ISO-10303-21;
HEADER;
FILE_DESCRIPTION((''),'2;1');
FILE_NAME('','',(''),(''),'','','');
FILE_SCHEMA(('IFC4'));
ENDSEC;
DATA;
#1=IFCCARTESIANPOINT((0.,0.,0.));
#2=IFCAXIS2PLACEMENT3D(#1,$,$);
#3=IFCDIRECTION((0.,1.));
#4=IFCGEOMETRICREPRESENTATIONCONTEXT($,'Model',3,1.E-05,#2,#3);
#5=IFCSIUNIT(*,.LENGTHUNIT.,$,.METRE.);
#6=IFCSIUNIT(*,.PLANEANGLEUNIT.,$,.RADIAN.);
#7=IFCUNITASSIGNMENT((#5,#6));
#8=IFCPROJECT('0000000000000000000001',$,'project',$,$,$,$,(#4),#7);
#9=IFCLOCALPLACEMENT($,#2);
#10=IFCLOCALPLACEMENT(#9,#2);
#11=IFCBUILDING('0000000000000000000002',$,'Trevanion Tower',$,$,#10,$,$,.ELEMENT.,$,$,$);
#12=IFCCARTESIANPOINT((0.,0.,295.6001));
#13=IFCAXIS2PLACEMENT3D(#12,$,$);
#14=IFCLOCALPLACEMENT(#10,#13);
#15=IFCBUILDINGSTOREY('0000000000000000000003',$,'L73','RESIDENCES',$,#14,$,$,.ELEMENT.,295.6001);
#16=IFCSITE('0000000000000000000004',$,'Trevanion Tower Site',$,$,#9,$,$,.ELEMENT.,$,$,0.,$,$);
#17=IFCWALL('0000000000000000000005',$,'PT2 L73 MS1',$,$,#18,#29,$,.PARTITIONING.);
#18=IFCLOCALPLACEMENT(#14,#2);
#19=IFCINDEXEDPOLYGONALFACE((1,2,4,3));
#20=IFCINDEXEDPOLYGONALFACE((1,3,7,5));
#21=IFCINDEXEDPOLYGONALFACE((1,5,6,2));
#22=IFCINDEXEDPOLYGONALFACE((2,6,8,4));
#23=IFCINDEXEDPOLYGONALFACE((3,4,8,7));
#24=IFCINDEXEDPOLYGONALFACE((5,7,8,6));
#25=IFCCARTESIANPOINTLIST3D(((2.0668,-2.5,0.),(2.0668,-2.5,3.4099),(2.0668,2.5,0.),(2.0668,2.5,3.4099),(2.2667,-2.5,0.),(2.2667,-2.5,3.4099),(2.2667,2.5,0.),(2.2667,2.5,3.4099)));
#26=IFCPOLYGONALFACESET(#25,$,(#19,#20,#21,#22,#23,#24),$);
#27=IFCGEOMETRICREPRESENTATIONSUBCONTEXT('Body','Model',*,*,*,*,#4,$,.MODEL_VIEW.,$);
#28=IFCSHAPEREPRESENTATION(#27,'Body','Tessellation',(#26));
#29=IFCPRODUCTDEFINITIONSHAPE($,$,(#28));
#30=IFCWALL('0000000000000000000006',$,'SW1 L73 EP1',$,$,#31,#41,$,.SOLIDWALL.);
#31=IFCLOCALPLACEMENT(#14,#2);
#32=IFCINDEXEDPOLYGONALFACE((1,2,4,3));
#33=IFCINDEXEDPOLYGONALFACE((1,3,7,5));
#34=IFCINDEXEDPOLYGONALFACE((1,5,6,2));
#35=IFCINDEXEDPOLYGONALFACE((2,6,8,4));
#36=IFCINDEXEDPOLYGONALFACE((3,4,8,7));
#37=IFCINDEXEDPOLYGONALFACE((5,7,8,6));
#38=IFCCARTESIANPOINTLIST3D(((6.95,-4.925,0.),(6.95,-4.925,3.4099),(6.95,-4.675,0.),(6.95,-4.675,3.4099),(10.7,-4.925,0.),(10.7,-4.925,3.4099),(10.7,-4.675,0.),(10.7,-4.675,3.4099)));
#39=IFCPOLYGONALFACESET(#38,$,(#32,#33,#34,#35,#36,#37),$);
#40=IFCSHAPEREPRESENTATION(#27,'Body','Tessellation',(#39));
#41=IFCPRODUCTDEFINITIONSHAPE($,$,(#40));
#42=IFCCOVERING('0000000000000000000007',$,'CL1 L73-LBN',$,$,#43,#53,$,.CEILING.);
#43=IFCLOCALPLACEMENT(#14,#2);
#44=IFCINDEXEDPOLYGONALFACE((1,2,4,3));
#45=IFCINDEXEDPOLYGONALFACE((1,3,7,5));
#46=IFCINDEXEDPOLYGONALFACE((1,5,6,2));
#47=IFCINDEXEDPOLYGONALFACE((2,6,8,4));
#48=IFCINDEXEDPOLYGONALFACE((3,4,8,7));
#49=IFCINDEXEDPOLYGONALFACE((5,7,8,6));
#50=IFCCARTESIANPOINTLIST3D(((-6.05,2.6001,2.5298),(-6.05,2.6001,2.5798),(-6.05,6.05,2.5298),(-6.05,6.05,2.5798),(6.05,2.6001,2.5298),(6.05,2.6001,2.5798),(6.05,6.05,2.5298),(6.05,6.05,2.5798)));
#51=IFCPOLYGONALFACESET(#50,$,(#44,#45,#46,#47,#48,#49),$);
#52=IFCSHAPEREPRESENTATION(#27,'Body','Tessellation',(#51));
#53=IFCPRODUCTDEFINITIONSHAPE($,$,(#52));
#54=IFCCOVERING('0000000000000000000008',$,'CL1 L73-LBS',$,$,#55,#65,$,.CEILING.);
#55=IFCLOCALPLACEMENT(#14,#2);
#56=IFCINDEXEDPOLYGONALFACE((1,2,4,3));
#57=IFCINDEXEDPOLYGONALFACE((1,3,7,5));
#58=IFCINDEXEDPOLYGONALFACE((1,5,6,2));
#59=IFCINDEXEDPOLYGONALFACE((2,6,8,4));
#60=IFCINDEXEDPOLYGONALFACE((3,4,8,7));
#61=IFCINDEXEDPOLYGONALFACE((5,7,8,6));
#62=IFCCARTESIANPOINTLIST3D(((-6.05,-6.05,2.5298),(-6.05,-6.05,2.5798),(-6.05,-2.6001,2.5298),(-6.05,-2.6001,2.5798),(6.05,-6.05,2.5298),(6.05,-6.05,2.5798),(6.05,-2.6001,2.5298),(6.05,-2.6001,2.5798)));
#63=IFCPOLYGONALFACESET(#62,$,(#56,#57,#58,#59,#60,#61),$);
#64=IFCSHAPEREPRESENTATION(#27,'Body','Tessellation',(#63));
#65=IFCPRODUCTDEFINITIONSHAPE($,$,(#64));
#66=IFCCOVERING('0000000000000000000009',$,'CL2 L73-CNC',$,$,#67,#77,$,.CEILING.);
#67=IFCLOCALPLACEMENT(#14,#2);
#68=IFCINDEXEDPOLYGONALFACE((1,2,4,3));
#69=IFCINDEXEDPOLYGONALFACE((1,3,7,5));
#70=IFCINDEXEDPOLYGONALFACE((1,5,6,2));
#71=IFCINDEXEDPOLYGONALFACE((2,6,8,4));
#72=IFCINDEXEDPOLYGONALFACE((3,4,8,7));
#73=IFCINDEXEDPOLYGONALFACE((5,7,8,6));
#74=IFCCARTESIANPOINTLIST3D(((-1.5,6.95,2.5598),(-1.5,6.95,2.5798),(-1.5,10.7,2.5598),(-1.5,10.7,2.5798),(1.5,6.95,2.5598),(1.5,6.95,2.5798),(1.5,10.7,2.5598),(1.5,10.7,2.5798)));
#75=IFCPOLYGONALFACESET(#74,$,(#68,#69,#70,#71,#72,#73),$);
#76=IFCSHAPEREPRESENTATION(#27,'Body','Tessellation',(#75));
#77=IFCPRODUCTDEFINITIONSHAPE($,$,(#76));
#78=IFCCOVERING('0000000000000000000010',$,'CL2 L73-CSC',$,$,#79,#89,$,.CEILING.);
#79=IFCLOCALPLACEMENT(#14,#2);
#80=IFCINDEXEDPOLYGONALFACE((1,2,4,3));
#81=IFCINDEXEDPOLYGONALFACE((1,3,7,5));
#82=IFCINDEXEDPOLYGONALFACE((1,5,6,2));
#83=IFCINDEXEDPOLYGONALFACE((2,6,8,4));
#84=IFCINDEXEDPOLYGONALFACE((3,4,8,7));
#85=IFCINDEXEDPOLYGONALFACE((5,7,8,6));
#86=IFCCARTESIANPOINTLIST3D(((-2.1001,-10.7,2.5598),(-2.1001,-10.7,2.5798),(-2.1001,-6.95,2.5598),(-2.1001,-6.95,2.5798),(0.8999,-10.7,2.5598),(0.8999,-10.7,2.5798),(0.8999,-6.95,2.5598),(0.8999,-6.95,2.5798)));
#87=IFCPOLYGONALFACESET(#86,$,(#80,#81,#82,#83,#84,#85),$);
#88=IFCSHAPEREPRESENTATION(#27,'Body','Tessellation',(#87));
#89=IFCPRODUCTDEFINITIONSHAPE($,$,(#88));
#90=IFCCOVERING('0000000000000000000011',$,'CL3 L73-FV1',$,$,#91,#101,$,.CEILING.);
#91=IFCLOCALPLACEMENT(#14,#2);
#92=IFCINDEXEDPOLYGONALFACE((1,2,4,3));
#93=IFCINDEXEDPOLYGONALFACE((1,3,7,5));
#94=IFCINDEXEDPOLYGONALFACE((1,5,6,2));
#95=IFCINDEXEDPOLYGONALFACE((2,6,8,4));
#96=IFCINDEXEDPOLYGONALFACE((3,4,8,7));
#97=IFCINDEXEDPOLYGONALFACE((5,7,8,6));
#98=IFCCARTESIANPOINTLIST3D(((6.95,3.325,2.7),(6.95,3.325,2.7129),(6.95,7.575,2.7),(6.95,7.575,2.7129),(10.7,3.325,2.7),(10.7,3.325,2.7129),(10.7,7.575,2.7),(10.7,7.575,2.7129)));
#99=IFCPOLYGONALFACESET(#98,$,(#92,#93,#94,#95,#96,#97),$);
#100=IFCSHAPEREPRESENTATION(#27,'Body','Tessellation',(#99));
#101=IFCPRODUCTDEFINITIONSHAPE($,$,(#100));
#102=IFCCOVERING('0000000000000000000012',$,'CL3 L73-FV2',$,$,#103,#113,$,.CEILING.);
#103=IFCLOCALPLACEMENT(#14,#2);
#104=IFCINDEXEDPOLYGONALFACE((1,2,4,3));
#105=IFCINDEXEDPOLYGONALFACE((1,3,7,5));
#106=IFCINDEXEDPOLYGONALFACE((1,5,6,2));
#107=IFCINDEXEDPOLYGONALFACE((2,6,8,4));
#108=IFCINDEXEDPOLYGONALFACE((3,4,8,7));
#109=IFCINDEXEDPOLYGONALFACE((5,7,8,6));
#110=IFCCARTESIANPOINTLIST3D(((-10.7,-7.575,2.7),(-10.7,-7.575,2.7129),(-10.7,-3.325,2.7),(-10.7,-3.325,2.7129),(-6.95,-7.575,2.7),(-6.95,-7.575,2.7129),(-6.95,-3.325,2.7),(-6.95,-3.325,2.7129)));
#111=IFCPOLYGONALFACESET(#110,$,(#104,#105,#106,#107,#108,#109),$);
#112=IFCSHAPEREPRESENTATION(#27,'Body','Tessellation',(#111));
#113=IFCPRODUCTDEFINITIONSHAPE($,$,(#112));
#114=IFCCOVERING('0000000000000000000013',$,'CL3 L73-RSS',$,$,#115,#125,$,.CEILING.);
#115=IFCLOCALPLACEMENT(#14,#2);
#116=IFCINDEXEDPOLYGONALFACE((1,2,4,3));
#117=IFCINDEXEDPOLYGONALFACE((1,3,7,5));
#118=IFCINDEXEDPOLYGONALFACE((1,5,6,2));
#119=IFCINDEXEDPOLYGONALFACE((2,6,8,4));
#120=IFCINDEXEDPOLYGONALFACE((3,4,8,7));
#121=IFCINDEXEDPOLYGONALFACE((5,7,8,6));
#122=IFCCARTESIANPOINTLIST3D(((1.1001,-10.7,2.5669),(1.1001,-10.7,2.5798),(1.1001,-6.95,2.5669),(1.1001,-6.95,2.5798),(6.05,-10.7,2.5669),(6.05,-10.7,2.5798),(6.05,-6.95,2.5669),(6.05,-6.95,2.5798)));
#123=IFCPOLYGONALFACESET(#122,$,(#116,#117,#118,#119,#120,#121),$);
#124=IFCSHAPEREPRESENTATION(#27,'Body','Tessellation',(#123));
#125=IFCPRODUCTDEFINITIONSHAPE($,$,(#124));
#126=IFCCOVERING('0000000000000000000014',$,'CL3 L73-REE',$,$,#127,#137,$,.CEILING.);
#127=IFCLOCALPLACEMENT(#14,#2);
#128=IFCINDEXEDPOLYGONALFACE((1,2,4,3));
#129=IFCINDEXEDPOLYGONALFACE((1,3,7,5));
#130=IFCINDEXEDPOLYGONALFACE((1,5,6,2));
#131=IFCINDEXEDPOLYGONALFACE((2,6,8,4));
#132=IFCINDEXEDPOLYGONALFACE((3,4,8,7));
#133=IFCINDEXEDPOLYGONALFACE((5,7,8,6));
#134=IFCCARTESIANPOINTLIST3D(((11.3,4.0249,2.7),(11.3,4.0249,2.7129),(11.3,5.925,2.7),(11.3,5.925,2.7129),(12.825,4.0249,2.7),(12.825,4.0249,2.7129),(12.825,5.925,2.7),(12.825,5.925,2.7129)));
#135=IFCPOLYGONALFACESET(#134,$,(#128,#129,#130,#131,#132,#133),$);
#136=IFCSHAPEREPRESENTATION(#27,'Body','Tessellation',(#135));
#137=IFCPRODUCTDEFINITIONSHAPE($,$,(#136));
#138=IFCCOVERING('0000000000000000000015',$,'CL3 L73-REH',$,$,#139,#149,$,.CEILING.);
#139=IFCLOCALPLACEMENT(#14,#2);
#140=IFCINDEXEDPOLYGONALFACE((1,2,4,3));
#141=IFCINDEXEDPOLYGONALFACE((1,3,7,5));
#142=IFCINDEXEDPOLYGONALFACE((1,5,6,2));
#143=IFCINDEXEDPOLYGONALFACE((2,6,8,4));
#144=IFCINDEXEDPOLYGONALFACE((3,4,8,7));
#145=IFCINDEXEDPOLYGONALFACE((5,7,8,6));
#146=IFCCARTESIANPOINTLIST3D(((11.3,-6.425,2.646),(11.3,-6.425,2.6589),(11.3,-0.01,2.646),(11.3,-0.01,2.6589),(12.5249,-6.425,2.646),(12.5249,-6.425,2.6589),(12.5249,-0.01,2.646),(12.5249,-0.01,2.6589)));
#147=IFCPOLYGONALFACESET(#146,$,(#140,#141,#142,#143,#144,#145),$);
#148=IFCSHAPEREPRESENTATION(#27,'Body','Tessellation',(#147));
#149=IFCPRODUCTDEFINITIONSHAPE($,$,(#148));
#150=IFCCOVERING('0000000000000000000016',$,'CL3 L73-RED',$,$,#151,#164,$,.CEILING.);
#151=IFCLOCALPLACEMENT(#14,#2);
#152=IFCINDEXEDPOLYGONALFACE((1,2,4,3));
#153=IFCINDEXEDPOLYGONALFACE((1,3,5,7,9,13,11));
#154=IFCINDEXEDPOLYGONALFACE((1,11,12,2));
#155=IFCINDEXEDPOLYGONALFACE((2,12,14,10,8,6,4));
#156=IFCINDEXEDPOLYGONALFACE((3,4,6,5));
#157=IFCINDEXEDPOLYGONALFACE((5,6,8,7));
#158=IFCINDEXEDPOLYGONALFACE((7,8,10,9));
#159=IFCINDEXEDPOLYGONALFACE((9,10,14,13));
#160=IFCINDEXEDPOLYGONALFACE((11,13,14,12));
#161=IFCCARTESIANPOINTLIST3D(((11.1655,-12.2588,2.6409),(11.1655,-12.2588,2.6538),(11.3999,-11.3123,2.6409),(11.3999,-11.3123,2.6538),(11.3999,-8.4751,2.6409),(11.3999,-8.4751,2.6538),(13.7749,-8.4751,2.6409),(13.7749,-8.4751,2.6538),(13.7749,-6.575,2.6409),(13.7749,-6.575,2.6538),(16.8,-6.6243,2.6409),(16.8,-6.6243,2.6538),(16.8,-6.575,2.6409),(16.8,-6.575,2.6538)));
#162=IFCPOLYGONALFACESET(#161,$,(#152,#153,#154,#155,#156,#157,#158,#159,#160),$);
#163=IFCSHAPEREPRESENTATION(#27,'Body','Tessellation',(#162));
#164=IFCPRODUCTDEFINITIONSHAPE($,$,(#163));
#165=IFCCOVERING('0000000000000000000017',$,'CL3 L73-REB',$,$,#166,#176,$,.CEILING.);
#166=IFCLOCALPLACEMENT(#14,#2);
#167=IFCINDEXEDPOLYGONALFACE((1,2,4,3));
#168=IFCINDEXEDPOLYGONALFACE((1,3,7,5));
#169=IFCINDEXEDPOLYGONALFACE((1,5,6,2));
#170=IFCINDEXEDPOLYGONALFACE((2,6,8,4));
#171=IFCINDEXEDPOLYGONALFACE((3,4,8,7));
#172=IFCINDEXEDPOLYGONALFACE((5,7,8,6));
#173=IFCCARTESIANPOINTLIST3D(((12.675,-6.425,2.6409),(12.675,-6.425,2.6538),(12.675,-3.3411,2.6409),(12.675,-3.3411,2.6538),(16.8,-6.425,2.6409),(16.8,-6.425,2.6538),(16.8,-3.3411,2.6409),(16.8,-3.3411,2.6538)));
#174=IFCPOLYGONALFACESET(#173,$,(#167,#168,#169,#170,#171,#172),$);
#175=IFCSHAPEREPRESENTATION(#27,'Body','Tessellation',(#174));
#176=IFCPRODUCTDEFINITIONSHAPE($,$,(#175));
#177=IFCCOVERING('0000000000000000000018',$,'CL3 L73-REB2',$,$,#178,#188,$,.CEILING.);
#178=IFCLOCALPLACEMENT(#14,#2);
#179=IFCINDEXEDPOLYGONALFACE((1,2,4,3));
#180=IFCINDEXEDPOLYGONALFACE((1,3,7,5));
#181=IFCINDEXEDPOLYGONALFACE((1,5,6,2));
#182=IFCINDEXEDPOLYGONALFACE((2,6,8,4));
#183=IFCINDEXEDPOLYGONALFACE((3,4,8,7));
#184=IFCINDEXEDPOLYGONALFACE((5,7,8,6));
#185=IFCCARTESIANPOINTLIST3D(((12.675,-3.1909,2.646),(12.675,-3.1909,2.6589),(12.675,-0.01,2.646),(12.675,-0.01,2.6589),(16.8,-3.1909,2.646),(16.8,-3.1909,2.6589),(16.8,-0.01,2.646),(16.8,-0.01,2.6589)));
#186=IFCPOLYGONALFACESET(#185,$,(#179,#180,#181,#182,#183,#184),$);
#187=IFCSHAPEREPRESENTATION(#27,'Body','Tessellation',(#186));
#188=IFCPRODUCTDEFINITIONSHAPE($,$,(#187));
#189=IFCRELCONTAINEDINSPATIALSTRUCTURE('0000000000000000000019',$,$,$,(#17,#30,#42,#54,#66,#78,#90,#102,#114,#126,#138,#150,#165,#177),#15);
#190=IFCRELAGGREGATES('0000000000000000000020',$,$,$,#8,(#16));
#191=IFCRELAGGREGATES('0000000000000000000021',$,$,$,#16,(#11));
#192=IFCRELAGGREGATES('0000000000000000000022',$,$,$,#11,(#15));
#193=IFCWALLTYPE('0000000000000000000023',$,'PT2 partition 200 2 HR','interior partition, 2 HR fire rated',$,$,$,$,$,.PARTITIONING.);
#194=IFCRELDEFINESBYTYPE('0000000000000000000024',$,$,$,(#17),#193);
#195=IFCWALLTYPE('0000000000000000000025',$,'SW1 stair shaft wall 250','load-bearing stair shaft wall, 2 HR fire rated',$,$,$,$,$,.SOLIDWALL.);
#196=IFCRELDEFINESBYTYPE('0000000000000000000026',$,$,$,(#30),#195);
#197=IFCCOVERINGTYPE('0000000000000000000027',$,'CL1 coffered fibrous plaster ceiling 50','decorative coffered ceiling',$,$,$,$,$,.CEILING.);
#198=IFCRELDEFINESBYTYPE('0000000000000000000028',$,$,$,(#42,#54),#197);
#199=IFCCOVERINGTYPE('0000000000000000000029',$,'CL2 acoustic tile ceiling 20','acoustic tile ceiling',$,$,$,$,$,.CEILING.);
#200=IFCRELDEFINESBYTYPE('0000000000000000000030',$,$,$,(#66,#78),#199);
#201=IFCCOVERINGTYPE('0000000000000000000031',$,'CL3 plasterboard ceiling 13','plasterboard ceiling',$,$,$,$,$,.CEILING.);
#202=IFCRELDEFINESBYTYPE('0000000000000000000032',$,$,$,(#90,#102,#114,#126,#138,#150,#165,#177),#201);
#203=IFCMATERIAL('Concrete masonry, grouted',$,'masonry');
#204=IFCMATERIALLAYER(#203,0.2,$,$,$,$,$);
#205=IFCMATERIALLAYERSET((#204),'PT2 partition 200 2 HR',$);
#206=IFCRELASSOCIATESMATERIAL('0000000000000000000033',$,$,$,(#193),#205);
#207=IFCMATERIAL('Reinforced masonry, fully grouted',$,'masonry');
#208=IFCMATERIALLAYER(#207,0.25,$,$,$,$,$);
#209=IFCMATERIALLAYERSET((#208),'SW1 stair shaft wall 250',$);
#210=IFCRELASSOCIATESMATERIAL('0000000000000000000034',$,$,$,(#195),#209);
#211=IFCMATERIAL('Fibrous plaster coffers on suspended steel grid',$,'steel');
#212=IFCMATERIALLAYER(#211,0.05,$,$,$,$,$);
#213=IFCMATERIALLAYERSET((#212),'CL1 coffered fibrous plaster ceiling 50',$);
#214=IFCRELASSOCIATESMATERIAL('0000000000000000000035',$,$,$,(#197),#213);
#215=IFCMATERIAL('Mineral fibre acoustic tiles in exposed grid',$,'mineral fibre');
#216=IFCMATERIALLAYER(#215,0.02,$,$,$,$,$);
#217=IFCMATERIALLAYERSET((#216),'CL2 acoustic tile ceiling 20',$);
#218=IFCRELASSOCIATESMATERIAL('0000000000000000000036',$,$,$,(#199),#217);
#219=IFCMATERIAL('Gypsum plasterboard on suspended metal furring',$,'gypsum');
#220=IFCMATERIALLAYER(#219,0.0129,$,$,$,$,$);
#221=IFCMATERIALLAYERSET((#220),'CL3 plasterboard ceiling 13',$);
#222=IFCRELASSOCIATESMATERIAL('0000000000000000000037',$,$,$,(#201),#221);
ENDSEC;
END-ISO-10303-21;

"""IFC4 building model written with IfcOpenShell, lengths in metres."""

from ifc_helpers import new_model, si_unit, direction, frame, frame_2d, origin, place, context, subcontext, project, spatial, polyline, rectangle, outline, extrude, material, layer, layer_set, type_object, element, save


model = new_model("IFC4")

# Units and contexts
model_context = context("Model", 3, precision=1e-05, world=origin(), true_north=direction((0.0, 1.0)))
body_context = subcontext(model_context, "Body", "Model", "MODEL_VIEW")
ifc_project = project(units=[si_unit("LENGTHUNIT", "METRE"), si_unit("PLANEANGLEUNIT", "RADIAN")], contexts=[model_context])

# Site, building, storey
site_placement = place(None, origin())
site = spatial("IfcSite", under=ifc_project, at=site_placement, Name="Trevanion Tower Site", CompositionType="ELEMENT", RefElevation=0.0)
building_placement = place(site_placement, origin())
building = spatial("IfcBuilding", under=site, at=building_placement, Name="Trevanion Tower", CompositionType="ELEMENT")
storey_placement = place(building_placement, frame((0.0, 0.0, 295.6001)))
storey = spatial("IfcBuildingStorey", under=building, at=storey_placement, Name="L73", Description="RESIDENCES", CompositionType="ELEMENT", Elevation=295.6001)

# Walls
ifc_material_1 = material(Name="Concrete masonry, grouted", Category="masonry")
ifc_layer_1 = layer(ifc_material_1, 0.2)
ifc_layer_set_1 = layer_set([ifc_layer_1], Name="PT2 partition 200 2 HR")
wall_type_1 = type_object("IfcWallType", Name="PT2 partition 200 2 HR", Description="interior partition, 2 HR fire rated", PredefinedType="PARTITIONING", material=ifc_layer_set_1)
wall_1_placement = place(storey_placement, frame((2.1667, -2.5, 0.0), z_axis=(0.0, 0.0, 1.0), x_axis=(0.0, 1.0, 0.0)))
element("IfcWall", 1, at=wall_1_placement, inside=storey, type_object=wall_type_1, Name="PT2 L73 MS1", PredefinedType="PARTITIONING", context=body_context, shape_type="SweptSolid", body=[
    extrude(rectangle(XDim=5.0, YDim=0.2, at=frame_2d((2.5, 0.0))), origin(), (0.0, 0.0, 1.0), 3.4099),
])
ifc_material_2 = material(Name="Reinforced masonry, fully grouted", Category="masonry")
ifc_layer_2 = layer(ifc_material_2, 0.25)
ifc_layer_set_2 = layer_set([ifc_layer_2], Name="SW1 stair shaft wall 250")
wall_type_2 = type_object("IfcWallType", Name="SW1 stair shaft wall 250", Description="load-bearing stair shaft wall, 2 HR fire rated", PredefinedType="SOLIDWALL", material=ifc_layer_set_2)
wall_2_placement = place(storey_placement, frame((6.95, -4.8, 0.0), z_axis=(0.0, 0.0, 1.0), x_axis=(1.0, 0.0, 0.0)))
element("IfcWall", 2, at=wall_2_placement, inside=storey, type_object=wall_type_2, Name="SW1 L73 EP1", PredefinedType="SOLIDWALL", context=body_context, shape_type="SweptSolid", body=[
    extrude(rectangle(XDim=3.75, YDim=0.25, at=frame_2d((1.875, 0.0))), origin(), (0.0, 0.0, 1.0), 3.4099),
])

# Coverings
ifc_material_3 = material(Name="Fibrous plaster coffers on suspended steel grid", Category="steel")
ifc_layer_3 = layer(ifc_material_3, 0.05)
ifc_layer_set_3 = layer_set([ifc_layer_3], Name="CL1 coffered fibrous plaster ceiling 50")
covering_type_1 = type_object("IfcCoveringType", Name="CL1 coffered fibrous plaster ceiling 50", Description="decorative coffered ceiling", PredefinedType="CEILING", material=ifc_layer_set_3)
covering_1_placement = place(storey_placement, frame((0.0, 0.0, 2.5298)))
element("IfcCovering", 3, at=covering_1_placement, inside=storey, type_object=covering_type_1, Name="CL1 L73-LBN", PredefinedType="CEILING", context=body_context, shape_type="SweptSolid", body=[
    extrude(outline(polyline([(6.05, 2.6001), (6.05, 6.05), (-6.05, 6.05), (-6.05, 2.6001), (6.05, 2.6001)])), origin(), (0.0, 0.0, 1.0), 0.05),
])
covering_2_placement = place(storey_placement, frame((0.0, 0.0, 2.5298)))
element("IfcCovering", 4, at=covering_2_placement, inside=storey, type_object=covering_type_1, Name="CL1 L73-LBS", PredefinedType="CEILING", context=body_context, shape_type="SweptSolid", body=[
    extrude(outline(polyline([(6.05, -6.05), (6.05, -2.6001), (-6.05, -2.6001), (-6.05, -6.05), (6.05, -6.05)])), origin(), (0.0, 0.0, 1.0), 0.05),
])
ifc_material_4 = material(Name="Mineral fibre acoustic tiles in exposed grid", Category="mineral fibre")
ifc_layer_4 = layer(ifc_material_4, 0.02)
ifc_layer_set_4 = layer_set([ifc_layer_4], Name="CL2 acoustic tile ceiling 20")
covering_type_2 = type_object("IfcCoveringType", Name="CL2 acoustic tile ceiling 20", Description="acoustic tile ceiling", PredefinedType="CEILING", material=ifc_layer_set_4)
covering_3_placement = place(storey_placement, frame((0.0, 0.0, 2.5598)))
element("IfcCovering", 5, at=covering_3_placement, inside=storey, type_object=covering_type_2, Name="CL2 L73-CNC", PredefinedType="CEILING", context=body_context, shape_type="SweptSolid", body=[
    extrude(outline(polyline([(1.5, 6.95), (1.5, 10.7), (-1.5, 10.7), (-1.5, 6.95), (1.5, 6.95)])), origin(), (0.0, 0.0, 1.0), 0.02),
])
covering_4_placement = place(storey_placement, frame((0.0, 0.0, 2.5598)))
element("IfcCovering", 6, at=covering_4_placement, inside=storey, type_object=covering_type_2, Name="CL2 L73-CSC", PredefinedType="CEILING", context=body_context, shape_type="SweptSolid", body=[
    extrude(outline(polyline([(0.8999, -10.7), (0.8999, -6.95), (-2.1001, -6.95), (-2.1001, -10.7), (0.8999, -10.7)])), origin(), (0.0, 0.0, 1.0), 0.02),
])
ifc_material_5 = material(Name="Gypsum plasterboard on suspended metal furring", Category="gypsum")
ifc_layer_5 = layer(ifc_material_5, 0.0129)
ifc_layer_set_5 = layer_set([ifc_layer_5], Name="CL3 plasterboard ceiling 13")
covering_type_3 = type_object("IfcCoveringType", Name="CL3 plasterboard ceiling 13", Description="plasterboard ceiling", PredefinedType="CEILING", material=ifc_layer_set_5)
covering_5_placement = place(storey_placement, frame((0.0, 0.0, 2.7)))
element("IfcCovering", 7, at=covering_5_placement, inside=storey, type_object=covering_type_3, Name="CL3 L73-FV1", PredefinedType="CEILING", context=body_context, shape_type="SweptSolid", body=[
    extrude(outline(polyline([(10.7, 3.325), (10.7, 7.575), (6.95, 7.575), (6.95, 3.325), (10.7, 3.325)])), origin(), (0.0, 0.0, 1.0), 0.0129),
])
covering_6_placement = place(storey_placement, frame((0.0, 0.0, 2.7)))
element("IfcCovering", 8, at=covering_6_placement, inside=storey, type_object=covering_type_3, Name="CL3 L73-FV2", PredefinedType="CEILING", context=body_context, shape_type="SweptSolid", body=[
    extrude(outline(polyline([(-10.7, -3.325), (-10.7, -7.575), (-6.95, -7.575), (-6.95, -3.325), (-10.7, -3.325)])), origin(), (0.0, 0.0, 1.0), 0.0129),
])
covering_7_placement = place(storey_placement, frame((0.0, 0.0, 2.5669)))
element("IfcCovering", 9, at=covering_7_placement, inside=storey, type_object=covering_type_3, Name="CL3 L73-RSS", PredefinedType="CEILING", context=body_context, shape_type="SweptSolid", body=[
    extrude(outline(polyline([(6.05, -10.7), (6.05, -6.95), (1.1001, -6.95), (1.1001, -10.7), (6.05, -10.7)])), origin(), (0.0, 0.0, 1.0), 0.0129),
])
covering_8_placement = place(storey_placement, frame((0.0, 0.0, 2.7)))
element("IfcCovering", 10, at=covering_8_placement, inside=storey, type_object=covering_type_3, Name="CL3 L73-REE", PredefinedType="CEILING", context=body_context, shape_type="SweptSolid", body=[
    extrude(outline(polyline([(12.825, 4.0249), (12.825, 5.925), (11.3, 5.925), (11.3, 4.0249), (12.825, 4.0249)])), origin(), (0.0, 0.0, 1.0), 0.0129),
])
covering_9_placement = place(storey_placement, frame((0.0, 0.0, 2.646)))
element("IfcCovering", 11, at=covering_9_placement, inside=storey, type_object=covering_type_3, Name="CL3 L73-REH", PredefinedType="CEILING", context=body_context, shape_type="SweptSolid", body=[
    extrude(outline(polyline([(12.5249, -6.425), (12.5249, -0.01), (11.3, -0.01), (11.3, -6.425), (12.5249, -6.425)])), origin(), (0.0, 0.0, 1.0), 0.0129),
])
covering_10_placement = place(storey_placement, frame((0.0, 0.0, 2.6409)))
element("IfcCovering", 12, at=covering_10_placement, inside=storey, type_object=covering_type_3, Name="CL3 L73-RED", PredefinedType="CEILING", context=body_context, shape_type="SweptSolid", body=[
    extrude(outline(polyline([(11.1655, -12.2588), (11.3999, -11.3123), (11.3999, -8.4751), (13.7749, -8.4751), (13.7749, -6.575), (16.8, -6.575), (16.8, -6.6243), (11.1655, -12.2588)])), origin(), (0.0, 0.0, 1.0), 0.0129),
])
covering_11_placement = place(storey_placement, frame((0.0, 0.0, 2.6409)))
element("IfcCovering", 13, at=covering_11_placement, inside=storey, type_object=covering_type_3, Name="CL3 L73-REB", PredefinedType="CEILING", context=body_context, shape_type="SweptSolid", body=[
    extrude(outline(polyline([(12.675, -6.425), (12.675, -3.3411), (16.8, -3.3411), (16.8, -6.425), (12.675, -6.425)])), origin(), (0.0, 0.0, 1.0), 0.0129),
])
covering_12_placement = place(storey_placement, frame((0.0, 0.0, 2.646)))
element("IfcCovering", 14, at=covering_12_placement, inside=storey, type_object=covering_type_3, Name="CL3 L73-REB2", PredefinedType="CEILING", context=body_context, shape_type="SweptSolid", body=[
    extrude(outline(polyline([(12.675, -3.1909), (12.675, -0.01), (16.8, -0.01), (16.8, -3.1909), (12.675, -3.1909)])), origin(), (0.0, 0.0, 1.0), 0.0129),
])

save(model, "model.ifc")
